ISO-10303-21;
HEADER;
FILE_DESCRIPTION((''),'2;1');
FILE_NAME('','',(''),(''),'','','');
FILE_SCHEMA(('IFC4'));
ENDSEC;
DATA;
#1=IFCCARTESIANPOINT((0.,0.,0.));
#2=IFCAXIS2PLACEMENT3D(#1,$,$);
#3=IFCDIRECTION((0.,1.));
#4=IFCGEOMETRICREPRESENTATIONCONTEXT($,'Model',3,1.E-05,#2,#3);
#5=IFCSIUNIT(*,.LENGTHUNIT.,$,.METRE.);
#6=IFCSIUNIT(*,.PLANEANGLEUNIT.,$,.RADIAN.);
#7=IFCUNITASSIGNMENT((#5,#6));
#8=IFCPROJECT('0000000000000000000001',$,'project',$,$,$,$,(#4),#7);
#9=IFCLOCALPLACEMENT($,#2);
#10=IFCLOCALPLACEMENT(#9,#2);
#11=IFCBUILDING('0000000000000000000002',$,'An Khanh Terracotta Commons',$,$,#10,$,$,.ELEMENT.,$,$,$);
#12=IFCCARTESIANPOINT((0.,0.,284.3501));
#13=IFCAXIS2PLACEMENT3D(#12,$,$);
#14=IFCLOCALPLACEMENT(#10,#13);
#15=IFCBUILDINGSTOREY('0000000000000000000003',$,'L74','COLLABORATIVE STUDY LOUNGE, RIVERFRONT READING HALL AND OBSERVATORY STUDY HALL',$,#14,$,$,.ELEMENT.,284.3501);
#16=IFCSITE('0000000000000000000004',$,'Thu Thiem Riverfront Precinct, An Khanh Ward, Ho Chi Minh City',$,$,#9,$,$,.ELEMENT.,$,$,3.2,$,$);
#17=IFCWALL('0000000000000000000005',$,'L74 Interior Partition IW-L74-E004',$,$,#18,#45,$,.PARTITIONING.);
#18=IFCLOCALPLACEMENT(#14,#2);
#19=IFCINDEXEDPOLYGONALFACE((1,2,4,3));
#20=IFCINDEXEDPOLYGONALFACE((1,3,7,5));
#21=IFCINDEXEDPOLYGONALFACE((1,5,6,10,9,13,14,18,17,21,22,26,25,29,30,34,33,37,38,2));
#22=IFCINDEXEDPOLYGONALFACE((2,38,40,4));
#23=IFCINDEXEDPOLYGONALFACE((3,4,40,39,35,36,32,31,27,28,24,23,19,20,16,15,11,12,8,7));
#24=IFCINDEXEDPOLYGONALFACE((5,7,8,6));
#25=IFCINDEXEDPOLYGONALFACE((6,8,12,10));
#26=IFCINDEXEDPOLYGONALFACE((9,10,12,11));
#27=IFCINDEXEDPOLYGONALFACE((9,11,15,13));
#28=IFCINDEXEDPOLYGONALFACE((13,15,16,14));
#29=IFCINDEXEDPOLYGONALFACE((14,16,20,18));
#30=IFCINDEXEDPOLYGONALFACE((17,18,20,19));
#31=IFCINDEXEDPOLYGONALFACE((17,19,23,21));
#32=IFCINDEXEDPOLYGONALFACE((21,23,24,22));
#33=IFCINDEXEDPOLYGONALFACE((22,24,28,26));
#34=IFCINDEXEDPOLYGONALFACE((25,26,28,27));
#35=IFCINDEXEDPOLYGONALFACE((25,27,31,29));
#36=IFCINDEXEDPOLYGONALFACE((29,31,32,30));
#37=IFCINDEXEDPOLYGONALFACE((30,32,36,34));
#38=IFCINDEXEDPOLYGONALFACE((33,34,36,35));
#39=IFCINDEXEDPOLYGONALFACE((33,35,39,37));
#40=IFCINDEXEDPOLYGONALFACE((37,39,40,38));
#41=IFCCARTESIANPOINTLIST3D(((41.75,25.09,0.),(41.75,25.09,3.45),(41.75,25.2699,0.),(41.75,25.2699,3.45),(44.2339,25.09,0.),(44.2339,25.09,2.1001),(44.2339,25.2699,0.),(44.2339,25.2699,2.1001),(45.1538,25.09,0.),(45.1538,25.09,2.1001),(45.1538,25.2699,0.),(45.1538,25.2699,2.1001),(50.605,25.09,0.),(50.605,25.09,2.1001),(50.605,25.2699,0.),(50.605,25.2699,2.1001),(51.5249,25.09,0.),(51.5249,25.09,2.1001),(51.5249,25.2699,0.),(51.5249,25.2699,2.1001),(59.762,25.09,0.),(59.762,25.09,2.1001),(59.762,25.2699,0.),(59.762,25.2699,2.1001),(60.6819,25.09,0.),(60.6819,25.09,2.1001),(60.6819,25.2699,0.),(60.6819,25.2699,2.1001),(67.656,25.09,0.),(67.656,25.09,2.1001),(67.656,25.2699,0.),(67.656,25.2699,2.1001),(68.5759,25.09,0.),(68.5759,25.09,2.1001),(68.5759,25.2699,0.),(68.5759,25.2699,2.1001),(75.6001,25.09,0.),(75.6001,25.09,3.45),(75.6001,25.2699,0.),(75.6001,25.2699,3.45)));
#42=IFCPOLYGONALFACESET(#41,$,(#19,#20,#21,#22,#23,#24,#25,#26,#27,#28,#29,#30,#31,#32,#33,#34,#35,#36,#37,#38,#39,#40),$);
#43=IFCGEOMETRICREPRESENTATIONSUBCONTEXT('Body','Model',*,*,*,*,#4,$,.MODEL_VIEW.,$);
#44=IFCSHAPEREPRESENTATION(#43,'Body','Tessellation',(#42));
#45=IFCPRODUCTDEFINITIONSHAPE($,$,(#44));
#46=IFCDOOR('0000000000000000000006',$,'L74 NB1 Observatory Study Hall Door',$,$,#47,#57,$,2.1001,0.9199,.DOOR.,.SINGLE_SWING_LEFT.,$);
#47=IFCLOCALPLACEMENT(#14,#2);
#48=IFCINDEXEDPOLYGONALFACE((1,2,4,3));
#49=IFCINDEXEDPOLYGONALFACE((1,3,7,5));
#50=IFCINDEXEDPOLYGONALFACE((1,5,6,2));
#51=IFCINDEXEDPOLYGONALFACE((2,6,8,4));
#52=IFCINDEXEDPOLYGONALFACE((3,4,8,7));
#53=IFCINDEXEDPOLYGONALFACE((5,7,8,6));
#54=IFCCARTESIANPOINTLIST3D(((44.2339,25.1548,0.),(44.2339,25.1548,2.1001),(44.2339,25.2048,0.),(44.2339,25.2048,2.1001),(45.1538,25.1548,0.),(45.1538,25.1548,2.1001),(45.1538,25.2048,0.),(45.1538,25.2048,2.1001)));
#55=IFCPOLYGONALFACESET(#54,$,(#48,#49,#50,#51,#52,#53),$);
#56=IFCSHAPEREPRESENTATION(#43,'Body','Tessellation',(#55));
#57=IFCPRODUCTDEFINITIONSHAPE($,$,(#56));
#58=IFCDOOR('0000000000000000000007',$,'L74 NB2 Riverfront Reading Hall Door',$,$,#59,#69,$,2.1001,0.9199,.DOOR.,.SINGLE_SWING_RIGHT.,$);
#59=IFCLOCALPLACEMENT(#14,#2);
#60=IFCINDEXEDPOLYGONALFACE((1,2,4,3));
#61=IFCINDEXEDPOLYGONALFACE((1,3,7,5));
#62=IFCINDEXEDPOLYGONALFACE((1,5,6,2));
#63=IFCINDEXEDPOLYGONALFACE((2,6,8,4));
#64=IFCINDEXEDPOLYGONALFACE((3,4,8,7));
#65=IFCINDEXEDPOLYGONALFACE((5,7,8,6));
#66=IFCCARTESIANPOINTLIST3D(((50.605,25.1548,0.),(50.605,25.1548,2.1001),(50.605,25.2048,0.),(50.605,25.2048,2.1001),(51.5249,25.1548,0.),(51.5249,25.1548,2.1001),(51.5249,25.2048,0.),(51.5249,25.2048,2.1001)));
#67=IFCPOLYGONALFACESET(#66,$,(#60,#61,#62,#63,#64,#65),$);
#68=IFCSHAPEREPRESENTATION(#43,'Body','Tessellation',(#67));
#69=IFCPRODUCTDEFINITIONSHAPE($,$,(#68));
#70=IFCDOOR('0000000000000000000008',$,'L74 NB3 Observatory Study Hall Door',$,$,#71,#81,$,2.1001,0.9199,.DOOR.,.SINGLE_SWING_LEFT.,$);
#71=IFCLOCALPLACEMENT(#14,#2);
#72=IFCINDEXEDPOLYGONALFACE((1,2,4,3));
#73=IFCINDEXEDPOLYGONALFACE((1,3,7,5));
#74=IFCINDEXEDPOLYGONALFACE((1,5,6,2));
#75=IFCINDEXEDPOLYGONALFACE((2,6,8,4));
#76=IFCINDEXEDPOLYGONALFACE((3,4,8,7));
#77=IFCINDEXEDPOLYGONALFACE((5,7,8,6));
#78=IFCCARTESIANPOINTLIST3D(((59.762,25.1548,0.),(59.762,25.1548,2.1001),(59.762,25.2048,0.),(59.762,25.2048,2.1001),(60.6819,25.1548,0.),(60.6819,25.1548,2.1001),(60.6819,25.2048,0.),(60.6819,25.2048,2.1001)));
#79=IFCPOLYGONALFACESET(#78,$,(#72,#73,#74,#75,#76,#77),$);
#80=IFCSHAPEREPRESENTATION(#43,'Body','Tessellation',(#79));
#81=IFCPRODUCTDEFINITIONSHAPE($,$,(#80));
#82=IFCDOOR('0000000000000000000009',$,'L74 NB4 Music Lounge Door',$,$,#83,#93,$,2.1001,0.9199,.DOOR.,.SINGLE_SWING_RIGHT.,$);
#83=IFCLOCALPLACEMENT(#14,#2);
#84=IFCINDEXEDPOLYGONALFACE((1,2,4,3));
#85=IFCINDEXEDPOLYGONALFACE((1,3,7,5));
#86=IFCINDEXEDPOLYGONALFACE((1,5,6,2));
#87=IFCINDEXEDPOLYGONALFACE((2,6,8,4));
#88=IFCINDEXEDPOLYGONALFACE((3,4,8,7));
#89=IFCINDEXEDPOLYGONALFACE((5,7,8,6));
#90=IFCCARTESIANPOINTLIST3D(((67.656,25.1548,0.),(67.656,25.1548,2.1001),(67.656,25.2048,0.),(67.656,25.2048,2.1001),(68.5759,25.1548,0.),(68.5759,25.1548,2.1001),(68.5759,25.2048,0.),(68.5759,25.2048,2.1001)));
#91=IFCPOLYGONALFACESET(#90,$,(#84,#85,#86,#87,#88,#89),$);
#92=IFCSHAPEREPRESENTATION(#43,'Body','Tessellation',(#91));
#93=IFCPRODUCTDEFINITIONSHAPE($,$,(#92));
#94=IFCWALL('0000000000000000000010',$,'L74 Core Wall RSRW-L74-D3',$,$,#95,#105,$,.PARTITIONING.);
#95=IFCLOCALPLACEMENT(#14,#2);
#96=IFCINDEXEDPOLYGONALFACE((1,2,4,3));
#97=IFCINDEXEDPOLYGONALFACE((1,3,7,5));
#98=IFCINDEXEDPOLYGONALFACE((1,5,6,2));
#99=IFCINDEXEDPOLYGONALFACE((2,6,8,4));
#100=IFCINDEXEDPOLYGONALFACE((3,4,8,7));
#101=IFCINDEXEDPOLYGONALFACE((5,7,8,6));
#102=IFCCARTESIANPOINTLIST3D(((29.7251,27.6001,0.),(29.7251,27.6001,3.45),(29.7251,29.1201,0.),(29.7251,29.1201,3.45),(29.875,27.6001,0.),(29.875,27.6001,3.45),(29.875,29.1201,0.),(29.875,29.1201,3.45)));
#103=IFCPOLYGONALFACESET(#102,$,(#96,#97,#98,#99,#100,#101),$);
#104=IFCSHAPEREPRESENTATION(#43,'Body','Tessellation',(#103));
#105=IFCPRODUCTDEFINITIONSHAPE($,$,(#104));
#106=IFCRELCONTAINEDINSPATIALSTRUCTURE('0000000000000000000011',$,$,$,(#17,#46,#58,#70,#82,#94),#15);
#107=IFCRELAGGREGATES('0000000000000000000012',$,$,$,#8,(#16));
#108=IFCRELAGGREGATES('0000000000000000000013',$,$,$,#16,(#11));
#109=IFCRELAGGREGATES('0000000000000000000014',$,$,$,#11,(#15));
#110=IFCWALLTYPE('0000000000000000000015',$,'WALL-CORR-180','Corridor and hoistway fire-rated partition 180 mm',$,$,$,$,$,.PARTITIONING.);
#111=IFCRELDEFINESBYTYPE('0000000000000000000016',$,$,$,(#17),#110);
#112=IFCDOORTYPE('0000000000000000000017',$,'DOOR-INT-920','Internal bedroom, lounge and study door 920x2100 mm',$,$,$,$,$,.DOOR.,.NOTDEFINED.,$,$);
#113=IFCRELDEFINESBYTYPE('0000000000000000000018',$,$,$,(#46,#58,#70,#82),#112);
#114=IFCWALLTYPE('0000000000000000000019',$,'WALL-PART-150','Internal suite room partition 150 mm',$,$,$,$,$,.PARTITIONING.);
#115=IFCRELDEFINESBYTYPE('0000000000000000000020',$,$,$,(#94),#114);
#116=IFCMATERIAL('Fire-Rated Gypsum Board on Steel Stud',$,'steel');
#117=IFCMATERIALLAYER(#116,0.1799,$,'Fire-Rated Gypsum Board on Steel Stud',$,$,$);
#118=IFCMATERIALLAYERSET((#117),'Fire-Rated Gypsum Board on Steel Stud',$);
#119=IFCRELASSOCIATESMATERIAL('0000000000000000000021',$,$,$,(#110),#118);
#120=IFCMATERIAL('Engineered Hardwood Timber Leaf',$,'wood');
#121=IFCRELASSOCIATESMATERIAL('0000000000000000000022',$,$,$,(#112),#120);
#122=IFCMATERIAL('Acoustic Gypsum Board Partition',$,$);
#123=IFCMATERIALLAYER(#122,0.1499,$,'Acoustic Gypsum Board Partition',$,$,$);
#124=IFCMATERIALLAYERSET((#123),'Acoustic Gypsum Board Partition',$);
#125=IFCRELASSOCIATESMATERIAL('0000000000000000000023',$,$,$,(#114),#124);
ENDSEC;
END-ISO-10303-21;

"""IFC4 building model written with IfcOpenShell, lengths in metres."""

from ifc_helpers import new_model, si_unit, direction, frame, frame_2d, origin, place, context, subcontext, project, spatial, rectangle, extrude, material, layer, layer_set, type_object, element, fill, save


model = new_model("IFC4")

# Units and contexts
model_context = context("Model", 3, precision=1e-05, world=origin(), true_north=direction((0.0, 1.0)))
body_context = subcontext(model_context, "Body", "Model", "MODEL_VIEW")
ifc_project = project(units=[si_unit("LENGTHUNIT", "METRE"), si_unit("PLANEANGLEUNIT", "RADIAN")], contexts=[model_context])

# Site, building, storey
site_placement = place(None, origin())
site = spatial("IfcSite", under=ifc_project, at=site_placement, Name="Thu Thiem Riverfront Precinct, An Khanh Ward, Ho Chi Minh City", CompositionType="ELEMENT", RefElevation=3.2)
building_placement = place(site_placement, origin())
building = spatial("IfcBuilding", under=site, at=building_placement, Name="An Khanh Terracotta Commons", CompositionType="ELEMENT")
storey_placement = place(building_placement, frame((0.0, 0.0, 284.3501)))
storey = spatial("IfcBuildingStorey", under=building, at=storey_placement, Name="L74", Description="COLLABORATIVE STUDY LOUNGE, RIVERFRONT READING HALL AND OBSERVATORY STUDY HALL", CompositionType="ELEMENT", Elevation=284.3501)

# Shared definitions
ifc_material_1 = material(Name="Fire-Rated Gypsum Board on Steel Stud", Category="steel")
ifc_layer_1 = layer(ifc_material_1, 0.1799, Name="Fire-Rated Gypsum Board on Steel Stud")
ifc_layer_set_1 = layer_set([ifc_layer_1], Name="Fire-Rated Gypsum Board on Steel Stud")
wall_type_1 = type_object("IfcWallType", Name="WALL-CORR-180", Description="Corridor and hoistway fire-rated partition 180 mm", PredefinedType="PARTITIONING", material=ifc_layer_set_1)

# Wall, openings, doors
ifc_material_2 = material(Name="Engineered Hardwood Timber Leaf", Category="wood")
door_type_1 = type_object("IfcDoorType", Name="DOOR-INT-920", Description="Internal bedroom, lounge and study door 920x2100 mm", OperationType="NOTDEFINED", PredefinedType="DOOR", material=ifc_material_2)
wall_1_placement = place(storey_placement, frame((41.75, 25.1799, 0.0), z_axis=(0.0, 0.0, 1.0), x_axis=(1.0, 0.0, 0.0)))
wall_1 = element("IfcWall", 1, at=wall_1_placement, inside=storey, type_object=wall_type_1, Name="L74 Interior Partition IW-L74-E004", PredefinedType="PARTITIONING", context=body_context, shape_type="SweptSolid", body=[
    extrude(rectangle(XDim=33.8501, YDim=0.1799, at=frame_2d((16.925, 0.0))), origin(), (0.0, 0.0, 1.0), 3.45),
])
opening_1_placement = place(wall_1_placement, frame((2.4839, 0.0, 0.0)))
opening_1 = element("IfcOpeningElement", 2, at=opening_1_placement, cuts=wall_1, PredefinedType="OPENING", context=body_context, shape_type="SweptSolid", body=[
    extrude(rectangle(XDim=0.9199, YDim=2.1001, at=frame_2d((0.46, 1.05))), frame((0.0, 0.0999, 0.0), z_axis=(0.0, -1.0, 0.0), x_axis=(1.0, 0.0, 0.0)), (0.0, 0.0, 1.0), 0.2),
])
opening_2_placement = place(wall_1_placement, frame((8.855, 0.0, 0.0)))
opening_2 = element("IfcOpeningElement", 3, at=opening_2_placement, cuts=wall_1, PredefinedType="OPENING", context=body_context, shape_type="SweptSolid", body=[
    extrude(rectangle(XDim=0.9199, YDim=2.1001, at=frame_2d((0.46, 1.05))), frame((0.0, 0.0999, 0.0), z_axis=(0.0, -1.0, 0.0), x_axis=(1.0, 0.0, 0.0)), (0.0, 0.0, 1.0), 0.2),
])
opening_3_placement = place(wall_1_placement, frame((18.012, 0.0, 0.0)))
opening_3 = element("IfcOpeningElement", 4, at=opening_3_placement, cuts=wall_1, PredefinedType="OPENING", context=body_context, shape_type="SweptSolid", body=[
    extrude(rectangle(XDim=0.9199, YDim=2.1001, at=frame_2d((0.46, 1.05))), frame((0.0, 0.0999, 0.0), z_axis=(0.0, -1.0, 0.0), x_axis=(1.0, 0.0, 0.0)), (0.0, 0.0, 1.0), 0.2),
])
opening_4_placement = place(wall_1_placement, frame((25.906, 0.0, 0.0)))
opening_4 = element("IfcOpeningElement", 5, at=opening_4_placement, cuts=wall_1, PredefinedType="OPENING", context=body_context, shape_type="SweptSolid", body=[
    extrude(rectangle(XDim=0.9199, YDim=2.1001, at=frame_2d((0.46, 1.05))), frame((0.0, 0.0999, 0.0), z_axis=(0.0, -1.0, 0.0), x_axis=(1.0, 0.0, 0.0)), (0.0, 0.0, 1.0), 0.2),
])
door_1_placement = place(opening_1_placement, origin())
door_1 = element("IfcDoor", 6, at=door_1_placement, inside=storey, type_object=door_type_1, Name="L74 NB1 Observatory Study Hall Door", OperationType="SINGLE_SWING_LEFT", OverallHeight=2.1001, OverallWidth=0.9199, PredefinedType="DOOR", context=body_context, shape_type="SweptSolid", body=[
    extrude(rectangle(XDim=0.9199, YDim=2.1001, at=frame_2d((0.46, 1.05))), frame((0.0, 0.0249, 0.0), z_axis=(0.0, -1.0, 0.0), x_axis=(1.0, 0.0, 0.0)), (0.0, 0.0, 1.0), 0.05),
])
fill(opening_1, door_1)
door_2_placement = place(opening_2_placement, origin())
door_2 = element("IfcDoor", 7, at=door_2_placement, inside=storey, type_object=door_type_1, Name="L74 NB2 Riverfront Reading Hall Door", OperationType="SINGLE_SWING_RIGHT", OverallHeight=2.1001, OverallWidth=0.9199, PredefinedType="DOOR", context=body_context, shape_type="SweptSolid", body=[
    extrude(rectangle(XDim=0.9199, YDim=2.1001, at=frame_2d((0.46, 1.05))), frame((0.0, 0.0249, 0.0), z_axis=(0.0, -1.0, 0.0), x_axis=(1.0, 0.0, 0.0)), (0.0, 0.0, 1.0), 0.05),
])
fill(opening_2, door_2)
door_3_placement = place(opening_3_placement, origin())
door_3 = element("IfcDoor", 8, at=door_3_placement, inside=storey, type_object=door_type_1, Name="L74 NB3 Observatory Study Hall Door", OperationType="SINGLE_SWING_LEFT", OverallHeight=2.1001, OverallWidth=0.9199, PredefinedType="DOOR", context=body_context, shape_type="SweptSolid", body=[
    extrude(rectangle(XDim=0.9199, YDim=2.1001, at=frame_2d((0.46, 1.05))), frame((0.0, 0.0249, 0.0), z_axis=(0.0, -1.0, 0.0), x_axis=(1.0, 0.0, 0.0)), (0.0, 0.0, 1.0), 0.05),
])
fill(opening_3, door_3)
door_4_placement = place(opening_4_placement, origin())
door_4 = element("IfcDoor", 9, at=door_4_placement, inside=storey, type_object=door_type_1, Name="L74 NB4 Music Lounge Door", OperationType="SINGLE_SWING_RIGHT", OverallHeight=2.1001, OverallWidth=0.9199, PredefinedType="DOOR", context=body_context, shape_type="SweptSolid", body=[
    extrude(rectangle(XDim=0.9199, YDim=2.1001, at=frame_2d((0.46, 1.05))), frame((0.0, 0.0249, 0.0), z_axis=(0.0, -1.0, 0.0), x_axis=(1.0, 0.0, 0.0)), (0.0, 0.0, 1.0), 0.05),
])
fill(opening_4, door_4)

# Wall
ifc_material_3 = material(Name="Acoustic Gypsum Board Partition")
ifc_layer_2 = layer(ifc_material_3, 0.1499, Name="Acoustic Gypsum Board Partition")
ifc_layer_set_2 = layer_set([ifc_layer_2], Name="Acoustic Gypsum Board Partition")
wall_type_2 = type_object("IfcWallType", Name="WALL-PART-150", Description="Internal suite room partition 150 mm", PredefinedType="PARTITIONING", material=ifc_layer_set_2)
wall_2_placement = place(storey_placement, frame((29.8, 27.6001, 0.0), z_axis=(0.0, 0.0, 1.0), x_axis=(0.0, 1.0, 0.0)))
element("IfcWall", 10, at=wall_2_placement, inside=storey, type_object=wall_type_2, Name="L74 Core Wall RSRW-L74-D3", PredefinedType="PARTITIONING", context=body_context, shape_type="SweptSolid", body=[
    extrude(rectangle(XDim=1.52, YDim=0.1499, at=frame_2d((0.76, 0.0))), origin(), (0.0, 0.0, 1.0), 3.45),
])

save(model, "model.ifc")
